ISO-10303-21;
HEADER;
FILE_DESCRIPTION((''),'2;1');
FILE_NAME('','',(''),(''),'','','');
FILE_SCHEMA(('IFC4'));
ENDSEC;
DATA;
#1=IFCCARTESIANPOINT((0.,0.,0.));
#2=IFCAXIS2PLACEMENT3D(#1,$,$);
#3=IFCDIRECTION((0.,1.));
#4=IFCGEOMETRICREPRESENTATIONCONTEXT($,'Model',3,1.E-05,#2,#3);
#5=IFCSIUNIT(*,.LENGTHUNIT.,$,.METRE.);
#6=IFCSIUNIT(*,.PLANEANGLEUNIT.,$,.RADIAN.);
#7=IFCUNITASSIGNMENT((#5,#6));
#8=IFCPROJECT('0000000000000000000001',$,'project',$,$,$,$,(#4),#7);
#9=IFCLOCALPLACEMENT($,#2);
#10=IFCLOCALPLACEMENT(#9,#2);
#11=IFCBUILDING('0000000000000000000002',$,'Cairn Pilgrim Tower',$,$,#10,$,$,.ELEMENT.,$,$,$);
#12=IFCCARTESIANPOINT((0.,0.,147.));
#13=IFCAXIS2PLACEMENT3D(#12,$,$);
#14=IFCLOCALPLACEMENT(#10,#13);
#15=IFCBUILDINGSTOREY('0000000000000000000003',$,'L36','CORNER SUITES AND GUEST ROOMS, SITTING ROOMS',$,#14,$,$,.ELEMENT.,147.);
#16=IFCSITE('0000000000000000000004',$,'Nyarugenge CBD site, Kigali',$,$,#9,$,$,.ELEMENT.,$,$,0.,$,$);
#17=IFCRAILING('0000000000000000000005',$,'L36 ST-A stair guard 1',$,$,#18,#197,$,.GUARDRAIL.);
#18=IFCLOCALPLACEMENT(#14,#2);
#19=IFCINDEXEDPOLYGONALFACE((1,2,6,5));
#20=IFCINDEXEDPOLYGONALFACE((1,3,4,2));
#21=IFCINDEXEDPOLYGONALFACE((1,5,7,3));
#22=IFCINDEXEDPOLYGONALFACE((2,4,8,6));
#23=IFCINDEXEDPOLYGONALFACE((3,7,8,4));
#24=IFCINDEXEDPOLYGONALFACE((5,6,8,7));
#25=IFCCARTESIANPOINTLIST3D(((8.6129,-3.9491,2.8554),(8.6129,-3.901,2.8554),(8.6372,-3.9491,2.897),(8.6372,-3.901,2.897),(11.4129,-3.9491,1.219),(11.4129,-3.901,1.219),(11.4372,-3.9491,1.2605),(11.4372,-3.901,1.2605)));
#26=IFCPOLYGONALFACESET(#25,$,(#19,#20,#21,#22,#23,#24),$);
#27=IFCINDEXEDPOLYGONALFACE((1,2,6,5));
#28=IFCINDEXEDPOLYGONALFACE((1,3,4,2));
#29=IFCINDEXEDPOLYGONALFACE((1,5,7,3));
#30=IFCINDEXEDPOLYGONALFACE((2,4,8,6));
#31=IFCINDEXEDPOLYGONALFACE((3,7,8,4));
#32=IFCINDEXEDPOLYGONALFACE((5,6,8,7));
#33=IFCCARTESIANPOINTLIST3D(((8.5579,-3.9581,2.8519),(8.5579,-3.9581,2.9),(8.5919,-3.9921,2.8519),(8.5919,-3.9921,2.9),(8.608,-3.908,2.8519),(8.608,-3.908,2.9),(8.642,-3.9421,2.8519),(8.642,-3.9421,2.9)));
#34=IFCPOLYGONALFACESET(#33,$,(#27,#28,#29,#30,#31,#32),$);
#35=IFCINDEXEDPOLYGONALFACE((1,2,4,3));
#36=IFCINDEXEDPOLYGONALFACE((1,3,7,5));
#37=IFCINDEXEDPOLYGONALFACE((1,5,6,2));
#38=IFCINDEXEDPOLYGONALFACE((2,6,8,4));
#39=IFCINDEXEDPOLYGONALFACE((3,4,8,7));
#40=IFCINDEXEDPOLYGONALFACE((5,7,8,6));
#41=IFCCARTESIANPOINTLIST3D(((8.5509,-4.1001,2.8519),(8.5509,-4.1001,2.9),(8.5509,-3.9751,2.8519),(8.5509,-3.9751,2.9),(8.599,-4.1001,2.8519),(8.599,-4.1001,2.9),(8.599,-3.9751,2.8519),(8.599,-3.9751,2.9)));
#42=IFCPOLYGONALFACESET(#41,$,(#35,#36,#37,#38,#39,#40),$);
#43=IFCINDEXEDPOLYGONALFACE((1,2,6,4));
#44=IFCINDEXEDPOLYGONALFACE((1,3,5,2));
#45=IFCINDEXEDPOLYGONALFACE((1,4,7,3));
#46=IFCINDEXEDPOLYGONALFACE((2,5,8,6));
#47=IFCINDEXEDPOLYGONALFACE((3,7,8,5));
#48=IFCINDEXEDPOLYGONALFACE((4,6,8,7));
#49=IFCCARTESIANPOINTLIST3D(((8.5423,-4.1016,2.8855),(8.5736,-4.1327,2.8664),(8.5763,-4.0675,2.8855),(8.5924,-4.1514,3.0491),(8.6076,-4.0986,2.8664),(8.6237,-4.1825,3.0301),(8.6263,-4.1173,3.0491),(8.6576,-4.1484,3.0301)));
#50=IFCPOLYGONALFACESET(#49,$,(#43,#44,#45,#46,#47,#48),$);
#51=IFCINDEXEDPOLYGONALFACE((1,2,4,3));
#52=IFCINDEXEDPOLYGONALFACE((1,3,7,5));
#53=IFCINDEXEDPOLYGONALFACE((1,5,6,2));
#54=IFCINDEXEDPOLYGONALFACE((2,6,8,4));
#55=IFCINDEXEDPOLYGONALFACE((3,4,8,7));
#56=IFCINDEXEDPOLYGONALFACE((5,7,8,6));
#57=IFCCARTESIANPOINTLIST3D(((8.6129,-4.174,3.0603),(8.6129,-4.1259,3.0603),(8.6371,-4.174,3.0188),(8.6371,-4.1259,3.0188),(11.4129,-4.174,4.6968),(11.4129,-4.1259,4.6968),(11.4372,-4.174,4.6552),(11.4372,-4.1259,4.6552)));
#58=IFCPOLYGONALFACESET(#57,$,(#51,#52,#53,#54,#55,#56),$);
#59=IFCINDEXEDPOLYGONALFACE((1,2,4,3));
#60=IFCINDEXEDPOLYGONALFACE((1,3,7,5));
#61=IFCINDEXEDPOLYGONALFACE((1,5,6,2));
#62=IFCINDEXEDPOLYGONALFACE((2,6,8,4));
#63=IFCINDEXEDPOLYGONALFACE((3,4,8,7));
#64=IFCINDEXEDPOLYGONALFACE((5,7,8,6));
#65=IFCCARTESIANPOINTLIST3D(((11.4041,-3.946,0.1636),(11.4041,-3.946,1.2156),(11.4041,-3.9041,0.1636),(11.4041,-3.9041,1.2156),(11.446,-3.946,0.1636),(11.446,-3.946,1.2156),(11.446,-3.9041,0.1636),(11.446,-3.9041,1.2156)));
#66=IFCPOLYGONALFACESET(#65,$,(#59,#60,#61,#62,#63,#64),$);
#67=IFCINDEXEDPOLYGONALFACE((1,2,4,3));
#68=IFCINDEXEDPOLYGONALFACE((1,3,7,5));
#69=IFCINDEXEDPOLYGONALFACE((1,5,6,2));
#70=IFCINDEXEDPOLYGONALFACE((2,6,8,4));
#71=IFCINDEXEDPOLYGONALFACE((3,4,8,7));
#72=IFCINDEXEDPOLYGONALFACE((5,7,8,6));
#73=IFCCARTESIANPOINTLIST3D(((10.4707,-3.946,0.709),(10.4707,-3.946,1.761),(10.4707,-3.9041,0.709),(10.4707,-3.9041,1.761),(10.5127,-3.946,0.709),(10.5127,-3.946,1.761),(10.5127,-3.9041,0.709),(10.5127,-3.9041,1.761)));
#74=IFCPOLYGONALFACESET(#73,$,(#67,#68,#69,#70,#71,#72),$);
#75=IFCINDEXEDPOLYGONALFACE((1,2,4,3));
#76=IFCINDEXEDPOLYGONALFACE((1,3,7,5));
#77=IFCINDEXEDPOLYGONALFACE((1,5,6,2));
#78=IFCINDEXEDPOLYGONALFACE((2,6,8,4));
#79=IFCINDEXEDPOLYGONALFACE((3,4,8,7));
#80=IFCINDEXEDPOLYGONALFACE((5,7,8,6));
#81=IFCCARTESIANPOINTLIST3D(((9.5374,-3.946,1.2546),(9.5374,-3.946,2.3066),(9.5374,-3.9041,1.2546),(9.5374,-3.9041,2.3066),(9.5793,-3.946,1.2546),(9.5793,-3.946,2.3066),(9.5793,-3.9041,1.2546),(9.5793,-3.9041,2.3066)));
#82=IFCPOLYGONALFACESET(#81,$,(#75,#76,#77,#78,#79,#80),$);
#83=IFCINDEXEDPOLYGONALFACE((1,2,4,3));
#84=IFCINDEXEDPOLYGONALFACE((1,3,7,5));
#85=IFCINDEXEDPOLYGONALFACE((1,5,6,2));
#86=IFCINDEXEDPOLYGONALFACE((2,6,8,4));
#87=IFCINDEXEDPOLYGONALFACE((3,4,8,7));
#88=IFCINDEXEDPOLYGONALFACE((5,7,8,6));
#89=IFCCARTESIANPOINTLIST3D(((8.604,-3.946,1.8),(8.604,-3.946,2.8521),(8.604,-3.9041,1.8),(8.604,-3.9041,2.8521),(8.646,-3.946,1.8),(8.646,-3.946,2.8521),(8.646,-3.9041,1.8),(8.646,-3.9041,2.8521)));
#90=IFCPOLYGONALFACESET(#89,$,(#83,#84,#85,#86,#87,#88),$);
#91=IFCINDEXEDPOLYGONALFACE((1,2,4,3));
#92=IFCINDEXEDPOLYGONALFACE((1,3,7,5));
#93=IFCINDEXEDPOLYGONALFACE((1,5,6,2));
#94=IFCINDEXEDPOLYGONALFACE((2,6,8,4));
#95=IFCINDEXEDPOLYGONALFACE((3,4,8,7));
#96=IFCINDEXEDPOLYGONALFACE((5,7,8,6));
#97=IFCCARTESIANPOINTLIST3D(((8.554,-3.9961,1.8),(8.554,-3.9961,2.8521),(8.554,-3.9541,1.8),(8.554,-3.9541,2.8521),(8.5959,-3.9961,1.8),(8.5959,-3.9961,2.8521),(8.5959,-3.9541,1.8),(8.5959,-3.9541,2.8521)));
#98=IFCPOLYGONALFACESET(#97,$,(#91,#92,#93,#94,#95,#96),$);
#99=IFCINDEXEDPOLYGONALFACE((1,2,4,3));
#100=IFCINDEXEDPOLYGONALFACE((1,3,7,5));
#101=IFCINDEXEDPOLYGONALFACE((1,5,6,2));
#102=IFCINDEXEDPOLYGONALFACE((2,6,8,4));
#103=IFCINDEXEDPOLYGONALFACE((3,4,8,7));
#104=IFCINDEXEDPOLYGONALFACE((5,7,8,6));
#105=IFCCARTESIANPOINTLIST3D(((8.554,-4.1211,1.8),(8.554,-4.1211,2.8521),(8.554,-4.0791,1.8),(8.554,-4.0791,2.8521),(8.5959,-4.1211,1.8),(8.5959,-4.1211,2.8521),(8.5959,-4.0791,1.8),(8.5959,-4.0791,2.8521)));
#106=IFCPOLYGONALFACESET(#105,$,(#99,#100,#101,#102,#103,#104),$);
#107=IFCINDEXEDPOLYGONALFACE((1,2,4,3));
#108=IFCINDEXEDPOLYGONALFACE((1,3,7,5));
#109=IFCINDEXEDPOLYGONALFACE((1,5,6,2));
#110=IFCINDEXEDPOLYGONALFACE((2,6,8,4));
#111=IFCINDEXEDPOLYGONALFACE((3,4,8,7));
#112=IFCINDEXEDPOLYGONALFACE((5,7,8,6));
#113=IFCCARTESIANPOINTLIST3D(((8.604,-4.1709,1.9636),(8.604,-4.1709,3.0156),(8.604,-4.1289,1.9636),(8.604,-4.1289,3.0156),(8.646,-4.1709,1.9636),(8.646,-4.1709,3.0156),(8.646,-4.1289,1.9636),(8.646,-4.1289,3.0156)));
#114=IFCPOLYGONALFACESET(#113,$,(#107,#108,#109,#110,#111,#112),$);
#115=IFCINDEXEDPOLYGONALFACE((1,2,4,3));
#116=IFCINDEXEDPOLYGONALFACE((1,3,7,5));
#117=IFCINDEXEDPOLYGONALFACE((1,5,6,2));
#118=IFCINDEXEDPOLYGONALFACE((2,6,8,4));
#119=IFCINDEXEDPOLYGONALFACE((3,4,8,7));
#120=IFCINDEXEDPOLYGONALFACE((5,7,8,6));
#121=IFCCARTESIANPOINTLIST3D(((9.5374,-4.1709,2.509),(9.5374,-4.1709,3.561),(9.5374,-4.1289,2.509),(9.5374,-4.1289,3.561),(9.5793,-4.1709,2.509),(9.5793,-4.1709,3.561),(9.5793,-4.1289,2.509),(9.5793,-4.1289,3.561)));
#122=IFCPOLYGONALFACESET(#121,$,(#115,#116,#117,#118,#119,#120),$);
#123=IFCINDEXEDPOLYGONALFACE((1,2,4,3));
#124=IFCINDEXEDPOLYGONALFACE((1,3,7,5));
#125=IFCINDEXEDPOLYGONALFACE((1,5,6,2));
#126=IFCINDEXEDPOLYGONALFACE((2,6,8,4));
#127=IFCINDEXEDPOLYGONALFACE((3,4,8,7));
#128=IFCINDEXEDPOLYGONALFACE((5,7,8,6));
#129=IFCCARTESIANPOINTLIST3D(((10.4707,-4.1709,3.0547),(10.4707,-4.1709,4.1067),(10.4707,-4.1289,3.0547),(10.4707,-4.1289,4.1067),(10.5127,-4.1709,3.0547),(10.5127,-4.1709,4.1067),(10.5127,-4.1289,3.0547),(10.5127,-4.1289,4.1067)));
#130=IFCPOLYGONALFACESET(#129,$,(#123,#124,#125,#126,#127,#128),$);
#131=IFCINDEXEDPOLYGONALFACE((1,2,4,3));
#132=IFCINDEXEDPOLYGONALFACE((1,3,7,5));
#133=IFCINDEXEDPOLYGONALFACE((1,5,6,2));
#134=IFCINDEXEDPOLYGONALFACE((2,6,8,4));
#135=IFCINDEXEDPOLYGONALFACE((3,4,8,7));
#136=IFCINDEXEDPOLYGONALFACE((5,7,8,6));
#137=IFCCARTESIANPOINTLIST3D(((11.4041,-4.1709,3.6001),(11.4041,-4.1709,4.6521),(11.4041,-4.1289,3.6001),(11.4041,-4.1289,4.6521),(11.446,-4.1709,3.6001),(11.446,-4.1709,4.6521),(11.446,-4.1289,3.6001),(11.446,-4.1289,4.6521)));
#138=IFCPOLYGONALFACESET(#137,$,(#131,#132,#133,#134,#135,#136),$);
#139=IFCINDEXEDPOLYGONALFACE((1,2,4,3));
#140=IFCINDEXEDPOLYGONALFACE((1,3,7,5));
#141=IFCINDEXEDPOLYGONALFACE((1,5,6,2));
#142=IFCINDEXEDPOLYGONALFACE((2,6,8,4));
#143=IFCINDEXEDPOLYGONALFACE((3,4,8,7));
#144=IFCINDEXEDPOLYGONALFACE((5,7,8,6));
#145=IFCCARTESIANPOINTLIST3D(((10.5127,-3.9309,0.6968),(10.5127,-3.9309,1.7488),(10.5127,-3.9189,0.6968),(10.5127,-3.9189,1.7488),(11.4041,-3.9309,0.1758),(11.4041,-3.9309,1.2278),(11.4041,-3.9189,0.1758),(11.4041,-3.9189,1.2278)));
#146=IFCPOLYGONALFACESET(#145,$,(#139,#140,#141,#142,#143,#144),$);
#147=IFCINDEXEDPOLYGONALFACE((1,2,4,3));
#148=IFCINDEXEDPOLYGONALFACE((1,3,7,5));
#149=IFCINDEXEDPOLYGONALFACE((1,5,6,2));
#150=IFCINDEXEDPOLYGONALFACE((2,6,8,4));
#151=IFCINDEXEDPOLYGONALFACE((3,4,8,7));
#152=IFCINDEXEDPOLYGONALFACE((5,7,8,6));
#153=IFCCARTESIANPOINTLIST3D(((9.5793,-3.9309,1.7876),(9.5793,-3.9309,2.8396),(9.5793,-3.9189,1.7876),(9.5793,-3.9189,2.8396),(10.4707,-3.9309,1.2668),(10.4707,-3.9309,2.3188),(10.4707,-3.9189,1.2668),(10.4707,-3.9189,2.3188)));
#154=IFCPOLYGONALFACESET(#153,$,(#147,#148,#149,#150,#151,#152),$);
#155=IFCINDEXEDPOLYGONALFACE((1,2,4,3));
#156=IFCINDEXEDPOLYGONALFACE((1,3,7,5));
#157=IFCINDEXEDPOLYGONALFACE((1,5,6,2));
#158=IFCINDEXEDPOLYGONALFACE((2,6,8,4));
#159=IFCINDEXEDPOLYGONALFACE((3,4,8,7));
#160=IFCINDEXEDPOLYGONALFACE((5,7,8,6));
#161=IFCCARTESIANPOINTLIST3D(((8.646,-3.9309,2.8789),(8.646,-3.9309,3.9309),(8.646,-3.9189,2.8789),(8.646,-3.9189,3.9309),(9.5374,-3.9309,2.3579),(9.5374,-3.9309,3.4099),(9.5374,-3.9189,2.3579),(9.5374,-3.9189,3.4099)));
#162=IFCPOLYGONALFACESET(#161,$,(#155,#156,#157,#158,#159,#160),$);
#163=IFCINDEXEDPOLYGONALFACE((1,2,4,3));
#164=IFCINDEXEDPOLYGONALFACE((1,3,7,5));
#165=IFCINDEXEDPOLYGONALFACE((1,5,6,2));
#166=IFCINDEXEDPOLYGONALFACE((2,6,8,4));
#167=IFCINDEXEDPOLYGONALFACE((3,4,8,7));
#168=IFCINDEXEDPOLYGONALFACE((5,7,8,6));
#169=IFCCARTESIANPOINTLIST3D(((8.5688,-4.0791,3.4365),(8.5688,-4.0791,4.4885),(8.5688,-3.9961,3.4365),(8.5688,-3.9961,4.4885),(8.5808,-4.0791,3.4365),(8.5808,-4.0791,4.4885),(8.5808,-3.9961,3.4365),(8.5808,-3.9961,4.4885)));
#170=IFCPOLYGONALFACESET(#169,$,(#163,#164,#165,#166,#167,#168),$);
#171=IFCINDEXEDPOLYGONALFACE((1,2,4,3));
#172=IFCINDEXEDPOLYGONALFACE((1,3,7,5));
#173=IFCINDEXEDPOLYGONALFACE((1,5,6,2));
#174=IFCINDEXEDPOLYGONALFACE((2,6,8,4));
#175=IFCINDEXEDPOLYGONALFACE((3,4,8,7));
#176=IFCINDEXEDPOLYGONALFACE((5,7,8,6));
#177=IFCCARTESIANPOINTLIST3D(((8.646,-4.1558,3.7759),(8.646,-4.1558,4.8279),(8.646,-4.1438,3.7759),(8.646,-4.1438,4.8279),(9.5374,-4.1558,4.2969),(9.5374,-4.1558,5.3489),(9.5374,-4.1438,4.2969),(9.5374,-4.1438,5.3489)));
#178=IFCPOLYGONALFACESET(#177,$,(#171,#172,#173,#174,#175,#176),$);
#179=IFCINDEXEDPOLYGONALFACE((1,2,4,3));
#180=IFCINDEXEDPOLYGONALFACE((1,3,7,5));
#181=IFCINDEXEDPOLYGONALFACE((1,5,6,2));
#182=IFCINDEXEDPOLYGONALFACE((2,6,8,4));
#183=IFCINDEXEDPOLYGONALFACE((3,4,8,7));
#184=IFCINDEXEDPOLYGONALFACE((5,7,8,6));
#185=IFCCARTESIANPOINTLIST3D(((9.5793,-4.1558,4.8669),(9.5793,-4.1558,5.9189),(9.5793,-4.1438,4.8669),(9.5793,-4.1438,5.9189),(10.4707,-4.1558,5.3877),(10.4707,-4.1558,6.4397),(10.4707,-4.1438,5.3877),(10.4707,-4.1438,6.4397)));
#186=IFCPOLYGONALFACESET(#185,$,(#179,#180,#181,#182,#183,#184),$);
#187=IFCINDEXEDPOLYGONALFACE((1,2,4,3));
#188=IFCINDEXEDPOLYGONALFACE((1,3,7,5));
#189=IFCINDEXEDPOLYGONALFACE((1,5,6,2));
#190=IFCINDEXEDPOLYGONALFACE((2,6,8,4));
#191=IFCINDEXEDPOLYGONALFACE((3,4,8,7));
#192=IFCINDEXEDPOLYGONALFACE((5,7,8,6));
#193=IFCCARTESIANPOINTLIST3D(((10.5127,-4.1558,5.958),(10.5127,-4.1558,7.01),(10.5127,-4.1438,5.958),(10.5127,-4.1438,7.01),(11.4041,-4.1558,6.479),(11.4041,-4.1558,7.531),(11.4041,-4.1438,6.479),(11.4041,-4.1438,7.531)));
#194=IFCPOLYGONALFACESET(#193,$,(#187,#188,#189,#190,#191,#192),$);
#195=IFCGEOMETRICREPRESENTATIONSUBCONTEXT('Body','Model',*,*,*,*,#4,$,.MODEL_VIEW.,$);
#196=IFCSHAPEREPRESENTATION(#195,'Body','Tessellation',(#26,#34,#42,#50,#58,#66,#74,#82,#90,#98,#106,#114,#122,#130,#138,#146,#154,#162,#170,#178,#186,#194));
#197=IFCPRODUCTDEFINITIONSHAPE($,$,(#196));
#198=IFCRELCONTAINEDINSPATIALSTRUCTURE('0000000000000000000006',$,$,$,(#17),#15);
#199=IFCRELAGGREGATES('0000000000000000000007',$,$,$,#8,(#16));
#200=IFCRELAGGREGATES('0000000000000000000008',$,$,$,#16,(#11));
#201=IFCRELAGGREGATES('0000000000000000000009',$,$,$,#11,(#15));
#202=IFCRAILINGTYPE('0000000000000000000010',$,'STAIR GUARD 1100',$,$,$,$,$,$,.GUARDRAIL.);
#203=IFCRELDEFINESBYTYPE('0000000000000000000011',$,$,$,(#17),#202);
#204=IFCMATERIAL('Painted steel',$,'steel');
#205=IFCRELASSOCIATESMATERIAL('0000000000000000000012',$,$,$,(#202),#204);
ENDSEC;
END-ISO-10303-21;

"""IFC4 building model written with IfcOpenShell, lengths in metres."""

from ifc_helpers import new_model, si_unit, direction, frame, origin, origin_2d, place, context, subcontext, project, spatial, polyline, rectangle, outline, extrude, material, type_object, element, save


model = new_model("IFC4")

# Units and contexts
model_context = context("Model", 3, precision=1e-05, world=origin(), true_north=direction((0.0, 1.0)))
body_context = subcontext(model_context, "Body", "Model", "MODEL_VIEW")
ifc_project = project(units=[si_unit("LENGTHUNIT", "METRE"), si_unit("PLANEANGLEUNIT", "RADIAN")], contexts=[model_context])

# Site, building, storey
site_placement = place(None, origin())
site = spatial("IfcSite", under=ifc_project, at=site_placement, Name="Nyarugenge CBD site, Kigali", CompositionType="ELEMENT", RefElevation=0.0)
building_placement = place(site_placement, origin())
building = spatial("IfcBuilding", under=site, at=building_placement, Name="Cairn Pilgrim Tower", CompositionType="ELEMENT")
storey_placement = place(building_placement, frame((0.0, 0.0, 147.0)))
storey = spatial("IfcBuildingStorey", under=building, at=storey_placement, Name="L36", Description="CORNER SUITES AND GUEST ROOMS, SITTING ROOMS", CompositionType="ELEMENT", Elevation=147.0)

# Shared definitions
ifc_material_1 = material(Name="Painted steel", Category="steel")

# Railing
railing_type_1 = type_object("IfcRailingType", Name="STAIR GUARD 1100", PredefinedType="GUARDRAIL", material=ifc_material_1)
railing_1_placement = place(storey_placement, frame((11.425, -3.925, 0.1636)))
element("IfcRailing", 1, at=railing_1_placement, inside=storey, type_object=railing_type_1, Name="L36 ST-A stair guard 1", PredefinedType="GUARDRAIL", context=body_context, shape_type="SweptSolid", body=[
    extrude(rectangle(XDim=0.0481, YDim=0.0481, at=origin_2d()), frame((0.0, 0.0, 1.0762), z_axis=(-0.863361, 0.0, 0.504587), x_axis=(0.0, -1.0, 0.0)), (0.0, 0.0, 1.0), 3.2432),
    extrude(rectangle(XDim=0.0481, YDim=0.0481, at=origin_2d()), frame((-2.8, 0.0, 2.7124), z_axis=(-0.707107, -0.707107, 0.0), x_axis=(0.707107, -0.707107, 0.0)), (0.0, 0.0, 1.0), 0.0708),
    extrude(rectangle(XDim=0.0481, YDim=0.0481, at=origin_2d()), frame((-2.8501, -0.05, 2.7124), z_axis=(0.0, -1.0, 0.0), x_axis=(1.0, 0.0, 0.0)), (0.0, 0.0, 1.0), 0.125),
    extrude(rectangle(XDim=0.0481, YDim=0.0481, at=origin_2d()), frame((-2.8501, -0.175, 2.7124), z_axis=(0.280917, -0.279546, 0.918118), x_axis=(0.705376, 0.708834, 0.0)), (0.0, 0.0, 1.0), 0.1782),
    extrude(rectangle(XDim=0.0481, YDim=0.0481, at=origin_2d()), frame((-2.8, -0.2249, 2.876), z_axis=(0.863361, 0.0, 0.504587), x_axis=(0.0, 1.0, 0.0)), (0.0, 0.0, 1.0), 3.2432),
    extrude(rectangle(XDim=0.042, YDim=0.042, at=origin_2d()), origin(), (0.0, 0.0, 1.0), 1.052),
    extrude(rectangle(XDim=0.042, YDim=0.042, at=origin_2d()), frame((-0.9333, 0.0, 0.5454)), (0.0, 0.0, 1.0), 1.052),
    extrude(rectangle(XDim=0.042, YDim=0.042, at=origin_2d()), frame((-1.8667, 0.0, 1.0911)), (0.0, 0.0, 1.0), 1.052),
    extrude(rectangle(XDim=0.042, YDim=0.042, at=origin_2d()), frame((-2.8, 0.0, 1.6365)), (0.0, 0.0, 1.0), 1.052),
    extrude(rectangle(XDim=0.042, YDim=0.042, at=origin_2d()), frame((-2.8501, -0.05, 1.6365)), (0.0, 0.0, 1.0), 1.052),
    extrude(rectangle(XDim=0.042, YDim=0.042, at=origin_2d()), frame((-2.8501, -0.175, 1.6365)), (0.0, 0.0, 1.0), 1.052),
    extrude(rectangle(XDim=0.042, YDim=0.042, at=origin_2d()), frame((-2.8, -0.2249, 1.8)), (0.0, 0.0, 1.0), 1.052),
    extrude(rectangle(XDim=0.042, YDim=0.042, at=origin_2d()), frame((-1.8667, -0.2249, 2.3455)), (0.0, 0.0, 1.0), 1.052),
    extrude(rectangle(XDim=0.042, YDim=0.042, at=origin_2d()), frame((-0.9333, -0.2249, 2.8911)), (0.0, 0.0, 1.0), 1.052),
    extrude(rectangle(XDim=0.042, YDim=0.042, at=origin_2d()), frame((0.0, -0.2249, 3.4365)), (0.0, 0.0, 1.0), 1.052),
    extrude(outline(polyline([(0.021, 0.0122), (0.9124, 0.5332), (0.9124, 1.5852), (0.021, 1.0642), (0.021, 0.0122)])), frame((0.0, -0.0059, 0.0), z_axis=(0.0, 1.0, 0.0), x_axis=(-1.0, 0.0, 0.0)), (0.0, 0.0, 1.0), 0.012),
    extrude(outline(polyline([(0.021, 0.5579), (0.9124, 1.0786), (0.9124, 2.1306), (0.021, 1.6099), (0.021, 0.5579)])), frame((-0.9333, -0.0059, 0.5454), z_axis=(0.0, 1.0, 0.0), x_axis=(-1.0, 0.0, 0.0)), (0.0, 0.0, 1.0), 0.012),
    extrude(outline(polyline([(0.021, 1.1033), (0.9124, 1.6243), (0.9124, 2.6763), (0.021, 2.1553), (0.021, 1.1033)])), frame((-1.8667, -0.0059, 1.0911), z_axis=(0.0, 1.0, 0.0), x_axis=(-1.0, 0.0, 0.0)), (0.0, 0.0, 1.0), 0.012),
    extrude(outline(polyline([(0.021, 1.6365), (0.104, 1.6365), (0.104, 2.6885), (0.021, 2.6885), (0.021, 1.6365)])), frame((-2.8442, -0.05, 1.6365), z_axis=(-1.0, 0.0, 0.0), x_axis=(0.0, -1.0, 0.0)), (0.0, 0.0, 1.0), 0.012),
    extrude(outline(polyline([(0.021, 1.8123), (0.9124, 2.3333), (0.9124, 3.3853), (0.021, 2.8643), (0.021, 1.8123)])), frame((-2.8, -0.2188, 1.8), z_axis=(0.0, -1.0, 0.0), x_axis=(1.0, 0.0, 0.0)), (0.0, 0.0, 1.0), 0.012),
    extrude(outline(polyline([(0.021, 2.3579), (0.9124, 2.8787), (0.9124, 3.9307), (0.021, 3.4099), (0.021, 2.3579)])), frame((-1.8667, -0.2188, 2.3455), z_axis=(0.0, -1.0, 0.0), x_axis=(1.0, 0.0, 0.0)), (0.0, 0.0, 1.0), 0.012),
    extrude(outline(polyline([(0.021, 2.9033), (0.9124, 3.4243), (0.9124, 4.4763), (0.021, 3.9553), (0.021, 2.9033)])), frame((-0.9333, -0.2188, 2.8911), z_axis=(0.0, -1.0, 0.0), x_axis=(1.0, 0.0, 0.0)), (0.0, 0.0, 1.0), 0.012),
])

save(model, "model.ifc")
